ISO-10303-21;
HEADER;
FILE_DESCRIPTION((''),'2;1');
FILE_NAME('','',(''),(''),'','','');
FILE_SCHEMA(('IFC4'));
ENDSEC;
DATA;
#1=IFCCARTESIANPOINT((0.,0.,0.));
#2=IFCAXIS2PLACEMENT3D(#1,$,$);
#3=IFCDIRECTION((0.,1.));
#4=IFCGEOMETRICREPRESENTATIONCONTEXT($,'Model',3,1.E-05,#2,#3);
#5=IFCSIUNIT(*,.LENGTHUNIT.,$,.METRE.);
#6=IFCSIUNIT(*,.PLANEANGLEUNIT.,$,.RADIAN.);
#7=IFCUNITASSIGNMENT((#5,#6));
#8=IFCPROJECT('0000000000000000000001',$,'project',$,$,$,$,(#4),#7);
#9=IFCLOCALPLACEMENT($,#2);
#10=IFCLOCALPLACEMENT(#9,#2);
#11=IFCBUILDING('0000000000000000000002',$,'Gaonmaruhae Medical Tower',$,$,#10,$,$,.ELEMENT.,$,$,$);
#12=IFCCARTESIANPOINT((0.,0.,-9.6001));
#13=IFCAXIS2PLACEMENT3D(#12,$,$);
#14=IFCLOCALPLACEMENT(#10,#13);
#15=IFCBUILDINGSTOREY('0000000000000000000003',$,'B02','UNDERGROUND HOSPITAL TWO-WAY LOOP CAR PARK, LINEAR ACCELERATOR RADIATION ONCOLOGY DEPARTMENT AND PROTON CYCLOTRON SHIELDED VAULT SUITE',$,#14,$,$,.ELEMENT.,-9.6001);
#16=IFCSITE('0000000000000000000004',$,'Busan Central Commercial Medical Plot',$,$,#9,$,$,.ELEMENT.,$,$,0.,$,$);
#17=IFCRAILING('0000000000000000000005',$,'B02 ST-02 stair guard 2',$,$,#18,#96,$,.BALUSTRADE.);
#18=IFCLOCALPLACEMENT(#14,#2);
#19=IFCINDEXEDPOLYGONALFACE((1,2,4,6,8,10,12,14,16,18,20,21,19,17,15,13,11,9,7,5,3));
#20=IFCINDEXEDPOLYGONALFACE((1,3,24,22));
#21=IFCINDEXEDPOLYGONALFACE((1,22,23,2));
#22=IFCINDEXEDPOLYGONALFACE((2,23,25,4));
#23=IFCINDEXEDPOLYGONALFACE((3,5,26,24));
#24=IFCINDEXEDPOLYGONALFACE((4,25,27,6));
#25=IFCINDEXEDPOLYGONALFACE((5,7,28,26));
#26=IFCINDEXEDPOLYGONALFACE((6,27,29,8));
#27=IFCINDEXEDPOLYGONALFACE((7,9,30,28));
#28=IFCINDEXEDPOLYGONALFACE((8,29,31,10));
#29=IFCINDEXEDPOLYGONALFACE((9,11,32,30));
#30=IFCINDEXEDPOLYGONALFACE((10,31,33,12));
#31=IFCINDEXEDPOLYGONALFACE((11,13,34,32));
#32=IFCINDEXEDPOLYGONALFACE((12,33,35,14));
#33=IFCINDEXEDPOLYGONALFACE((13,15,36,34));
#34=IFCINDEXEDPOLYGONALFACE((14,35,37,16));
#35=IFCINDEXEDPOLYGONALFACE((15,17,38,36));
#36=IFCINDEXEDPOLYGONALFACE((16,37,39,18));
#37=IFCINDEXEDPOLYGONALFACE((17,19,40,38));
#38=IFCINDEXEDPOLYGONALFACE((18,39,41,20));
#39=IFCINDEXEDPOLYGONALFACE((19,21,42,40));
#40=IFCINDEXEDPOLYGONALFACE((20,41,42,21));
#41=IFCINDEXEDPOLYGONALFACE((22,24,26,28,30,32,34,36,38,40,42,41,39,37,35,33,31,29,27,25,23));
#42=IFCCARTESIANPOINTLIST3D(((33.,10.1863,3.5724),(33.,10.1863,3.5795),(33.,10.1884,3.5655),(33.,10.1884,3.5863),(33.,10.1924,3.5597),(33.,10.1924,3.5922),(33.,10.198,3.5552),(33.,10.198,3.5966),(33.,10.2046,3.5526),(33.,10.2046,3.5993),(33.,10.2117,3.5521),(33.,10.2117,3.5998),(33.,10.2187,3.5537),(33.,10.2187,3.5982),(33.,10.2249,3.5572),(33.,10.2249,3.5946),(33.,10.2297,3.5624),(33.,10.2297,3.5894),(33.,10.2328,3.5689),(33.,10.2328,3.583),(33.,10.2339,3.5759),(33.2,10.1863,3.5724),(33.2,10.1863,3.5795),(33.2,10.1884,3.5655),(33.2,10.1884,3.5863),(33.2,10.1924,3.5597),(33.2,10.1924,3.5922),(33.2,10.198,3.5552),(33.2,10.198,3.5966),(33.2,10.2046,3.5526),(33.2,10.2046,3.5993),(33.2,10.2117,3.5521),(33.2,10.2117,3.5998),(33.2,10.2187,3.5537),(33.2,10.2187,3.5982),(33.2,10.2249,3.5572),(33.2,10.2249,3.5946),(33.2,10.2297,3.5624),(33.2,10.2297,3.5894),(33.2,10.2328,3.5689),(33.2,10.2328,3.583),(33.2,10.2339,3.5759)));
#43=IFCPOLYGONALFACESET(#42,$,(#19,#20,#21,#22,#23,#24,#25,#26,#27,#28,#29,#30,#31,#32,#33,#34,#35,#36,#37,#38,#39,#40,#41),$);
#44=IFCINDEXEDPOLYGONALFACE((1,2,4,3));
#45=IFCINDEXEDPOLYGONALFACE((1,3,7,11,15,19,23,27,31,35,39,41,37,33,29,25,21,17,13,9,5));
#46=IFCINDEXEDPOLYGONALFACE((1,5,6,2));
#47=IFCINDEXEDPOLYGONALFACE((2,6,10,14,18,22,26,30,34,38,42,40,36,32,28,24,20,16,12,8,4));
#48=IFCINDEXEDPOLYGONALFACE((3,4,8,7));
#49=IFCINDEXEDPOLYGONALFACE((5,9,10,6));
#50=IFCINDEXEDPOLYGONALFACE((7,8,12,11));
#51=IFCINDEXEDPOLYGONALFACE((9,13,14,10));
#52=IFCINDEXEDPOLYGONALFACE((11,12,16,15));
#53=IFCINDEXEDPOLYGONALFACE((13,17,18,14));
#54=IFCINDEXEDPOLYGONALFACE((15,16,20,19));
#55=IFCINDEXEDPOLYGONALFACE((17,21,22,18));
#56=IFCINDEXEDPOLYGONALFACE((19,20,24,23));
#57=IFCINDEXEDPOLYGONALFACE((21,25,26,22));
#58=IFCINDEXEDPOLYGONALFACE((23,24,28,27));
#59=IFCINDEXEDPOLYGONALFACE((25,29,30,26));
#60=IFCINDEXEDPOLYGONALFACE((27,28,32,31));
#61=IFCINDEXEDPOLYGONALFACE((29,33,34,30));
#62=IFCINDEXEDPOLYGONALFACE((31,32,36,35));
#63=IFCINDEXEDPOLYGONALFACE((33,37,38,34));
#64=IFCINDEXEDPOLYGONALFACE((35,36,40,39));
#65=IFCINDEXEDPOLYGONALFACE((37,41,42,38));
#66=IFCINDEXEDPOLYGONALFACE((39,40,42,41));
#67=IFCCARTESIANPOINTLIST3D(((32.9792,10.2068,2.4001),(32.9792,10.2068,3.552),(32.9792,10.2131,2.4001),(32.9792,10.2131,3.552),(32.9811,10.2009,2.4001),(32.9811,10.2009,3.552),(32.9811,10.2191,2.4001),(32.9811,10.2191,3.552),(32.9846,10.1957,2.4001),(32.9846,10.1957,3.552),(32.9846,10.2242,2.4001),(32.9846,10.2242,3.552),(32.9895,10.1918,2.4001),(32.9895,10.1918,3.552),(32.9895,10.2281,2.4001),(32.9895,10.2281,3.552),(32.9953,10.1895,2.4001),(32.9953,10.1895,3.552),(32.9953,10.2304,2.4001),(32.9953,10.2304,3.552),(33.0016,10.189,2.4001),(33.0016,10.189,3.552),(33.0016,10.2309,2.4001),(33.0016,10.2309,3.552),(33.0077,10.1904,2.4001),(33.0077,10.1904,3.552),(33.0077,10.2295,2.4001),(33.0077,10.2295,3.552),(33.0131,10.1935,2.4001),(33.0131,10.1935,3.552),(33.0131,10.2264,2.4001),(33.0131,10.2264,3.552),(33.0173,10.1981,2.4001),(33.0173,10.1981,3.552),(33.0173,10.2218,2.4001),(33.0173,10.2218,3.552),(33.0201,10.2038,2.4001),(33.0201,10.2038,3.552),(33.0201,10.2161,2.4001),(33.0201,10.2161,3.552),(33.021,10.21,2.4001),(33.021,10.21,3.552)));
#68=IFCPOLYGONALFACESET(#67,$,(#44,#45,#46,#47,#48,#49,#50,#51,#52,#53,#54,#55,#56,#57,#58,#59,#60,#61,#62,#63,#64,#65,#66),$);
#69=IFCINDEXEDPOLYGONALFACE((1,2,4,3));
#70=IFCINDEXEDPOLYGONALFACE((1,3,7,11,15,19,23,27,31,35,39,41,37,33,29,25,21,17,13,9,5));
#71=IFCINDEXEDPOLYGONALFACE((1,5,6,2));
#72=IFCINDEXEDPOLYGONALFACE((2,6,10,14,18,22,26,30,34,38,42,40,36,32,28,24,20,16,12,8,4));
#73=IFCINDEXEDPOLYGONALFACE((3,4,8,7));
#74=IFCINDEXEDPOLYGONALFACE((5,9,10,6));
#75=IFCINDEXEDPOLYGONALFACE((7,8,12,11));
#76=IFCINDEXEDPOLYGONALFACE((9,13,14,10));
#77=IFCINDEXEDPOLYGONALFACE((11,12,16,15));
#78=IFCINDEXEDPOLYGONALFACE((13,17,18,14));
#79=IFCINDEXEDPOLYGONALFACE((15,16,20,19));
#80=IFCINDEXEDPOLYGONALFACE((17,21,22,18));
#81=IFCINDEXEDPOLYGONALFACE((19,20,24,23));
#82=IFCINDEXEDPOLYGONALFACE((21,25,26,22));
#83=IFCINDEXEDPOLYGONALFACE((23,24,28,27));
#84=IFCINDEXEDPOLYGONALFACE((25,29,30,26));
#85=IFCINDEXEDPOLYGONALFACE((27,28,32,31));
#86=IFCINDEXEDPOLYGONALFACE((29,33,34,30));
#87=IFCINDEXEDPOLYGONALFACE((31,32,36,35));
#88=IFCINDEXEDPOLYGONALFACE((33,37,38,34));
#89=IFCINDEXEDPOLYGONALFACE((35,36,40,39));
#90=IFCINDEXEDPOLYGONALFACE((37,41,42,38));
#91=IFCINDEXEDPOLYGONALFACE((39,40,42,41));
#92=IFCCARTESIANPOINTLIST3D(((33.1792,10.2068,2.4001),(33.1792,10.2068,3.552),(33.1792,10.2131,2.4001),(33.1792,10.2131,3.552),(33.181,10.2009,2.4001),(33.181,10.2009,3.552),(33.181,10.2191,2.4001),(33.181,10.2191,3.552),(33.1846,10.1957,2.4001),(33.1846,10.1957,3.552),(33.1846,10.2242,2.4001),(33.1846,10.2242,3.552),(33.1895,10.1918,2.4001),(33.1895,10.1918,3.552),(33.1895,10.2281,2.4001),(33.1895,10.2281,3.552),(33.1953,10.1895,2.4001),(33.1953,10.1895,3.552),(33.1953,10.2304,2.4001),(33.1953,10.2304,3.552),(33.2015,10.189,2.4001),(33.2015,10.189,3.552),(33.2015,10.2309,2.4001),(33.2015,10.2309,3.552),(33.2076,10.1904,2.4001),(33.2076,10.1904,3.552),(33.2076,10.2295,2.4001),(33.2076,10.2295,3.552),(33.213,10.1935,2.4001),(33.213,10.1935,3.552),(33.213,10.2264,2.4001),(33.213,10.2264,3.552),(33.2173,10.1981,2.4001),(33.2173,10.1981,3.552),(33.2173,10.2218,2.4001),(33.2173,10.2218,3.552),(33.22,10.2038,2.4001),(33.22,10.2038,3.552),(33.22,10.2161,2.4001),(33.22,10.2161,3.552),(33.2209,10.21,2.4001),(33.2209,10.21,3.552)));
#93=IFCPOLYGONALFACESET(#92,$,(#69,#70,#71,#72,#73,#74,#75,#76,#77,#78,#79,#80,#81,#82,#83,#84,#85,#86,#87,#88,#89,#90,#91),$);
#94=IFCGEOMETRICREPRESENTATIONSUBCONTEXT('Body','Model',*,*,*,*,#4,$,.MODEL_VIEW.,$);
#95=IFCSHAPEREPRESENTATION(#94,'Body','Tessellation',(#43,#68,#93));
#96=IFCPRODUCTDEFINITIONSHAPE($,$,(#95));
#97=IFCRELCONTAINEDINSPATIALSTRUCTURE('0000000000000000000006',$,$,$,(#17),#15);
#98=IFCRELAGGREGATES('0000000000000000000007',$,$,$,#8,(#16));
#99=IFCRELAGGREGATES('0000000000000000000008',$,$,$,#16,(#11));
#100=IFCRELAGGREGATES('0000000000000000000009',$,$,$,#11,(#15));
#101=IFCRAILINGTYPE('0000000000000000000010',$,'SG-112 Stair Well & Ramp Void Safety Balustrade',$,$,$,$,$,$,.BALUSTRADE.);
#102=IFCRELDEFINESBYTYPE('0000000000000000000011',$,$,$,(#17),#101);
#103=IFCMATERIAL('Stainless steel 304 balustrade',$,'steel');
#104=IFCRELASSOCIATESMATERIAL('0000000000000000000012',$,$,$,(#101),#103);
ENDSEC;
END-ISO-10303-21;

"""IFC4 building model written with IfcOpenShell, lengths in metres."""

from ifc_helpers import new_model, si_unit, direction, frame, origin, origin_2d, place, context, subcontext, project, spatial, circle, extrude, material, type_object, element, save


model = new_model("IFC4")

# Units and contexts
model_context = context("Model", 3, precision=1e-05, world=origin(), true_north=direction((0.0, 1.0)))
body_context = subcontext(model_context, "Body", "Model", "MODEL_VIEW")
ifc_project = project(units=[si_unit("LENGTHUNIT", "METRE"), si_unit("PLANEANGLEUNIT", "RADIAN")], contexts=[model_context])

# Site, building, storey
site_placement = place(None, origin())
site = spatial("IfcSite", under=ifc_project, at=site_placement, Name="Busan Central Commercial Medical Plot", CompositionType="ELEMENT", RefElevation=0.0)
building_placement = place(site_placement, origin())
building = spatial("IfcBuilding", under=site, at=building_placement, Name="Gaonmaruhae Medical Tower", CompositionType="ELEMENT")
storey_placement = place(building_placement, frame((0.0, 0.0, -9.6001)))
storey = spatial("IfcBuildingStorey", under=building, at=storey_placement, Name="B02", Description="UNDERGROUND HOSPITAL TWO-WAY LOOP CAR PARK, LINEAR ACCELERATOR RADIATION ONCOLOGY DEPARTMENT AND PROTON CYCLOTRON SHIELDED VAULT SUITE", CompositionType="ELEMENT", Elevation=-9.6001)

# Railing
ifc_material_1 = material(Name="Stainless steel 304 balustrade", Category="steel")
railing_type_1 = type_object("IfcRailingType", Name="SG-112 Stair Well & Ramp Void Safety Balustrade", PredefinedType="BALUSTRADE", material=ifc_material_1)
railing_1_placement = place(storey_placement, frame((33.0, 10.21, 2.4001)))
element("IfcRailing", 1, at=railing_1_placement, inside=storey, type_object=railing_type_1, Name="B02 ST-02 stair guard 2", PredefinedType="BALUSTRADE", context=body_context, shape_type="SweptSolid", body=[
    extrude(circle(Radius=0.0239, at=origin_2d()), frame((0.0, 0.0, 1.1758), z_axis=(1.0, 0.0, 0.0), x_axis=(0.0, 1.0, 0.0)), (0.0, 0.0, 1.0), 0.2),
    extrude(circle(Radius=0.021, at=origin_2d()), origin(), (0.0, 0.0, 1.0), 1.1519),
    extrude(circle(Radius=0.021, at=origin_2d()), frame((0.2, 0.0, 0.0)), (0.0, 0.0, 1.0), 1.1519),
])

save(model, "model.ifc")
